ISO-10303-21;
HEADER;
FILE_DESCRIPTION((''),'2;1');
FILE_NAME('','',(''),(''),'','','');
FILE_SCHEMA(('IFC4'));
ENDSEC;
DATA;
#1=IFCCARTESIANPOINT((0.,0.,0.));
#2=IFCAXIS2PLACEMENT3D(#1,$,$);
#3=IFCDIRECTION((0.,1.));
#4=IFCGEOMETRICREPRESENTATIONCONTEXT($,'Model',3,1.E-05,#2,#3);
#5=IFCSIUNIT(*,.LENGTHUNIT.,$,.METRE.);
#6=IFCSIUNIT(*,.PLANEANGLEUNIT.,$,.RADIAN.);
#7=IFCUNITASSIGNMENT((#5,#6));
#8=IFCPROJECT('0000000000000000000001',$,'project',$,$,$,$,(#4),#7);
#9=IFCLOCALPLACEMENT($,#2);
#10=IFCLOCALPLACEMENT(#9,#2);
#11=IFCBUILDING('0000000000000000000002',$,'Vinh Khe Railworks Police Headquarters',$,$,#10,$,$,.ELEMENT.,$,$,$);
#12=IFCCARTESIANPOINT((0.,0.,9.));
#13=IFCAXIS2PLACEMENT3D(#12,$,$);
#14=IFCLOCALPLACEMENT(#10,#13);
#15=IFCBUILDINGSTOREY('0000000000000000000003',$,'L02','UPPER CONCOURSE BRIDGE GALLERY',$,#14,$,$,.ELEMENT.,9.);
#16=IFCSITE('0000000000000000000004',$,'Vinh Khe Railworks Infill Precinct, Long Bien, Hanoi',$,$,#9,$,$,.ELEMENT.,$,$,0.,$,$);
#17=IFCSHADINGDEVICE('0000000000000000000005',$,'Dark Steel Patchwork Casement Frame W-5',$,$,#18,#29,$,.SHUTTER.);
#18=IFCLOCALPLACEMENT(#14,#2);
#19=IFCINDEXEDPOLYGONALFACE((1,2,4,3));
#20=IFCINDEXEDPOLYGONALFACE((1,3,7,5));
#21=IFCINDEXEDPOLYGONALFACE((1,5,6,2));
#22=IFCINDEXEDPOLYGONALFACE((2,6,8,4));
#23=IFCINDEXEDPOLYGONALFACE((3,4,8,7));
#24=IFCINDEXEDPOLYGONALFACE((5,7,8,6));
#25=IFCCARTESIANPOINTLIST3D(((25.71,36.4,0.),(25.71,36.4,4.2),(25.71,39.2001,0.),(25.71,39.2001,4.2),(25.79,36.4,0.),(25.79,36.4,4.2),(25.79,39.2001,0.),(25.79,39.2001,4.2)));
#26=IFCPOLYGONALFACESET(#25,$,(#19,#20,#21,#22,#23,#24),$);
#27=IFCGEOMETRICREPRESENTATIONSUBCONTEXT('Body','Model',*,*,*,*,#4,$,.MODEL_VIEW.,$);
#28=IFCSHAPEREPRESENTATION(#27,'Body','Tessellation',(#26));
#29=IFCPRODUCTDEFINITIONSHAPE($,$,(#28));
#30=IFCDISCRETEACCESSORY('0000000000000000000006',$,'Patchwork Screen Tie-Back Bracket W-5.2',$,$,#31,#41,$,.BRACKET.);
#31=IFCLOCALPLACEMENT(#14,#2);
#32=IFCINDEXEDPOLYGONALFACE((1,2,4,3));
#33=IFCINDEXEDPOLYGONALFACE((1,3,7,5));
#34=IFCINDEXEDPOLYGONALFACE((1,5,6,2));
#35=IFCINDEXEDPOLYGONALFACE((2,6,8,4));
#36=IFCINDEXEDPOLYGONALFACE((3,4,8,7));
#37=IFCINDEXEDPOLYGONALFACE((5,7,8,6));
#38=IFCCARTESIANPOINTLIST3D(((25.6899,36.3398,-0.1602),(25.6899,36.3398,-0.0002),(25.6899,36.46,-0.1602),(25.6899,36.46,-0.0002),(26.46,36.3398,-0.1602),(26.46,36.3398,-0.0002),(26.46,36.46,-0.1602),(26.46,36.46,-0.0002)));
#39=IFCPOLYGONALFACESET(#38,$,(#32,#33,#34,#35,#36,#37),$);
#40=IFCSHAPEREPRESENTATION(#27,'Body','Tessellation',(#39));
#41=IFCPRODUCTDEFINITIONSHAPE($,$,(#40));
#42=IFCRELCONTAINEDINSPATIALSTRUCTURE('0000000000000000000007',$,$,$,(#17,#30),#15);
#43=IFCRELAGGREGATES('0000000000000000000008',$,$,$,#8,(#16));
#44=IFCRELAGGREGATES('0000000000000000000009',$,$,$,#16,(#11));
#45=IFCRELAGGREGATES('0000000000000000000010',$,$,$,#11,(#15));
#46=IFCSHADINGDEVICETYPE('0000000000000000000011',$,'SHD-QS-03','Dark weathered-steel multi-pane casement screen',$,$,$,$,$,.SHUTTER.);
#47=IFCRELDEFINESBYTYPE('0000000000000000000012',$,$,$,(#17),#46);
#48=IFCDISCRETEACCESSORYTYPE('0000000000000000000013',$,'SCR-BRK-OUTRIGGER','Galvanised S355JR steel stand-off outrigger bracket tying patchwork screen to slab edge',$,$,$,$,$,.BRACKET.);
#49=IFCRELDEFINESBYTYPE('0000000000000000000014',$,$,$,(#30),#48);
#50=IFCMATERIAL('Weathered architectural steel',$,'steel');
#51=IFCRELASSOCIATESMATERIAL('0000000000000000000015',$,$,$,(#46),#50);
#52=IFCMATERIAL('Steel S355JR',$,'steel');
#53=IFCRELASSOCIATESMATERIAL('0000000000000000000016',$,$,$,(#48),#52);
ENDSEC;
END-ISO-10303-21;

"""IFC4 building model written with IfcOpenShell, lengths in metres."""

from ifc_helpers import new_model, si_unit, direction, frame, origin, origin_2d, place, context, subcontext, project, spatial, rectangle, extrude, material, type_object, element, save


model = new_model("IFC4")

# Units and contexts
model_context = context("Model", 3, precision=1e-05, world=origin(), true_north=direction((0.0, 1.0)))
body_context = subcontext(model_context, "Body", "Model", "MODEL_VIEW")
ifc_project = project(units=[si_unit("LENGTHUNIT", "METRE"), si_unit("PLANEANGLEUNIT", "RADIAN")], contexts=[model_context])

# Site, building, storey
site_placement = place(None, origin())
site = spatial("IfcSite", under=ifc_project, at=site_placement, Name="Vinh Khe Railworks Infill Precinct, Long Bien, Hanoi", CompositionType="ELEMENT", RefElevation=0.0)
building_placement = place(site_placement, origin())
building = spatial("IfcBuilding", under=site, at=building_placement, Name="Vinh Khe Railworks Police Headquarters", CompositionType="ELEMENT")
storey_placement = place(building_placement, frame((0.0, 0.0, 9.0)))
storey = spatial("IfcBuildingStorey", under=building, at=storey_placement, Name="L02", Description="UPPER CONCOURSE BRIDGE GALLERY", CompositionType="ELEMENT", Elevation=9.0)

# Shared definitions
ifc_material_1 = material(Name="Steel S355JR", Category="steel")

# Shading device
ifc_material_2 = material(Name="Weathered architectural steel", Category="steel")
shading_device_type = type_object("IfcShadingDeviceType", Name="SHD-QS-03", Description="Dark weathered-steel multi-pane casement screen", PredefinedType="SHUTTER", material=ifc_material_2)
shading_device_placement = place(storey_placement, frame((25.75, 37.8, 0.0), z_axis=(0.0, 0.0, 1.0), x_axis=(0.0, 1.0, 0.0)))
element("IfcShadingDevice", 1, at=shading_device_placement, inside=storey, type_object=shading_device_type, Name="Dark Steel Patchwork Casement Frame W-5", PredefinedType="SHUTTER", context=body_context, shape_type="SweptSolid", body=[
    extrude(rectangle(XDim=2.8, YDim=0.0801, at=origin_2d()), origin(), (0.0, 0.0, 1.0), 4.2),
])

# Discrete accessory
discrete_accessory_type = type_object("IfcDiscreteAccessoryType", Name="SCR-BRK-OUTRIGGER", Description="Galvanised S355JR steel stand-off outrigger bracket tying patchwork screen to slab edge", PredefinedType="BRACKET", material=ifc_material_1)
discrete_accessory_placement = place(storey_placement, frame((26.075, 36.3999, -0.1602), z_axis=(0.0, 0.0, 1.0), x_axis=(1.0, 0.0, 0.0)))
element("IfcDiscreteAccessory", 2, at=discrete_accessory_placement, inside=storey, type_object=discrete_accessory_type, Name="Patchwork Screen Tie-Back Bracket W-5.2", PredefinedType="BRACKET", context=body_context, shape_type="SweptSolid", body=[
    extrude(rectangle(XDim=0.77, YDim=0.1201, at=origin_2d()), origin(), (0.0, 0.0, 1.0), 0.1599),
])

save(model, "model.ifc")
